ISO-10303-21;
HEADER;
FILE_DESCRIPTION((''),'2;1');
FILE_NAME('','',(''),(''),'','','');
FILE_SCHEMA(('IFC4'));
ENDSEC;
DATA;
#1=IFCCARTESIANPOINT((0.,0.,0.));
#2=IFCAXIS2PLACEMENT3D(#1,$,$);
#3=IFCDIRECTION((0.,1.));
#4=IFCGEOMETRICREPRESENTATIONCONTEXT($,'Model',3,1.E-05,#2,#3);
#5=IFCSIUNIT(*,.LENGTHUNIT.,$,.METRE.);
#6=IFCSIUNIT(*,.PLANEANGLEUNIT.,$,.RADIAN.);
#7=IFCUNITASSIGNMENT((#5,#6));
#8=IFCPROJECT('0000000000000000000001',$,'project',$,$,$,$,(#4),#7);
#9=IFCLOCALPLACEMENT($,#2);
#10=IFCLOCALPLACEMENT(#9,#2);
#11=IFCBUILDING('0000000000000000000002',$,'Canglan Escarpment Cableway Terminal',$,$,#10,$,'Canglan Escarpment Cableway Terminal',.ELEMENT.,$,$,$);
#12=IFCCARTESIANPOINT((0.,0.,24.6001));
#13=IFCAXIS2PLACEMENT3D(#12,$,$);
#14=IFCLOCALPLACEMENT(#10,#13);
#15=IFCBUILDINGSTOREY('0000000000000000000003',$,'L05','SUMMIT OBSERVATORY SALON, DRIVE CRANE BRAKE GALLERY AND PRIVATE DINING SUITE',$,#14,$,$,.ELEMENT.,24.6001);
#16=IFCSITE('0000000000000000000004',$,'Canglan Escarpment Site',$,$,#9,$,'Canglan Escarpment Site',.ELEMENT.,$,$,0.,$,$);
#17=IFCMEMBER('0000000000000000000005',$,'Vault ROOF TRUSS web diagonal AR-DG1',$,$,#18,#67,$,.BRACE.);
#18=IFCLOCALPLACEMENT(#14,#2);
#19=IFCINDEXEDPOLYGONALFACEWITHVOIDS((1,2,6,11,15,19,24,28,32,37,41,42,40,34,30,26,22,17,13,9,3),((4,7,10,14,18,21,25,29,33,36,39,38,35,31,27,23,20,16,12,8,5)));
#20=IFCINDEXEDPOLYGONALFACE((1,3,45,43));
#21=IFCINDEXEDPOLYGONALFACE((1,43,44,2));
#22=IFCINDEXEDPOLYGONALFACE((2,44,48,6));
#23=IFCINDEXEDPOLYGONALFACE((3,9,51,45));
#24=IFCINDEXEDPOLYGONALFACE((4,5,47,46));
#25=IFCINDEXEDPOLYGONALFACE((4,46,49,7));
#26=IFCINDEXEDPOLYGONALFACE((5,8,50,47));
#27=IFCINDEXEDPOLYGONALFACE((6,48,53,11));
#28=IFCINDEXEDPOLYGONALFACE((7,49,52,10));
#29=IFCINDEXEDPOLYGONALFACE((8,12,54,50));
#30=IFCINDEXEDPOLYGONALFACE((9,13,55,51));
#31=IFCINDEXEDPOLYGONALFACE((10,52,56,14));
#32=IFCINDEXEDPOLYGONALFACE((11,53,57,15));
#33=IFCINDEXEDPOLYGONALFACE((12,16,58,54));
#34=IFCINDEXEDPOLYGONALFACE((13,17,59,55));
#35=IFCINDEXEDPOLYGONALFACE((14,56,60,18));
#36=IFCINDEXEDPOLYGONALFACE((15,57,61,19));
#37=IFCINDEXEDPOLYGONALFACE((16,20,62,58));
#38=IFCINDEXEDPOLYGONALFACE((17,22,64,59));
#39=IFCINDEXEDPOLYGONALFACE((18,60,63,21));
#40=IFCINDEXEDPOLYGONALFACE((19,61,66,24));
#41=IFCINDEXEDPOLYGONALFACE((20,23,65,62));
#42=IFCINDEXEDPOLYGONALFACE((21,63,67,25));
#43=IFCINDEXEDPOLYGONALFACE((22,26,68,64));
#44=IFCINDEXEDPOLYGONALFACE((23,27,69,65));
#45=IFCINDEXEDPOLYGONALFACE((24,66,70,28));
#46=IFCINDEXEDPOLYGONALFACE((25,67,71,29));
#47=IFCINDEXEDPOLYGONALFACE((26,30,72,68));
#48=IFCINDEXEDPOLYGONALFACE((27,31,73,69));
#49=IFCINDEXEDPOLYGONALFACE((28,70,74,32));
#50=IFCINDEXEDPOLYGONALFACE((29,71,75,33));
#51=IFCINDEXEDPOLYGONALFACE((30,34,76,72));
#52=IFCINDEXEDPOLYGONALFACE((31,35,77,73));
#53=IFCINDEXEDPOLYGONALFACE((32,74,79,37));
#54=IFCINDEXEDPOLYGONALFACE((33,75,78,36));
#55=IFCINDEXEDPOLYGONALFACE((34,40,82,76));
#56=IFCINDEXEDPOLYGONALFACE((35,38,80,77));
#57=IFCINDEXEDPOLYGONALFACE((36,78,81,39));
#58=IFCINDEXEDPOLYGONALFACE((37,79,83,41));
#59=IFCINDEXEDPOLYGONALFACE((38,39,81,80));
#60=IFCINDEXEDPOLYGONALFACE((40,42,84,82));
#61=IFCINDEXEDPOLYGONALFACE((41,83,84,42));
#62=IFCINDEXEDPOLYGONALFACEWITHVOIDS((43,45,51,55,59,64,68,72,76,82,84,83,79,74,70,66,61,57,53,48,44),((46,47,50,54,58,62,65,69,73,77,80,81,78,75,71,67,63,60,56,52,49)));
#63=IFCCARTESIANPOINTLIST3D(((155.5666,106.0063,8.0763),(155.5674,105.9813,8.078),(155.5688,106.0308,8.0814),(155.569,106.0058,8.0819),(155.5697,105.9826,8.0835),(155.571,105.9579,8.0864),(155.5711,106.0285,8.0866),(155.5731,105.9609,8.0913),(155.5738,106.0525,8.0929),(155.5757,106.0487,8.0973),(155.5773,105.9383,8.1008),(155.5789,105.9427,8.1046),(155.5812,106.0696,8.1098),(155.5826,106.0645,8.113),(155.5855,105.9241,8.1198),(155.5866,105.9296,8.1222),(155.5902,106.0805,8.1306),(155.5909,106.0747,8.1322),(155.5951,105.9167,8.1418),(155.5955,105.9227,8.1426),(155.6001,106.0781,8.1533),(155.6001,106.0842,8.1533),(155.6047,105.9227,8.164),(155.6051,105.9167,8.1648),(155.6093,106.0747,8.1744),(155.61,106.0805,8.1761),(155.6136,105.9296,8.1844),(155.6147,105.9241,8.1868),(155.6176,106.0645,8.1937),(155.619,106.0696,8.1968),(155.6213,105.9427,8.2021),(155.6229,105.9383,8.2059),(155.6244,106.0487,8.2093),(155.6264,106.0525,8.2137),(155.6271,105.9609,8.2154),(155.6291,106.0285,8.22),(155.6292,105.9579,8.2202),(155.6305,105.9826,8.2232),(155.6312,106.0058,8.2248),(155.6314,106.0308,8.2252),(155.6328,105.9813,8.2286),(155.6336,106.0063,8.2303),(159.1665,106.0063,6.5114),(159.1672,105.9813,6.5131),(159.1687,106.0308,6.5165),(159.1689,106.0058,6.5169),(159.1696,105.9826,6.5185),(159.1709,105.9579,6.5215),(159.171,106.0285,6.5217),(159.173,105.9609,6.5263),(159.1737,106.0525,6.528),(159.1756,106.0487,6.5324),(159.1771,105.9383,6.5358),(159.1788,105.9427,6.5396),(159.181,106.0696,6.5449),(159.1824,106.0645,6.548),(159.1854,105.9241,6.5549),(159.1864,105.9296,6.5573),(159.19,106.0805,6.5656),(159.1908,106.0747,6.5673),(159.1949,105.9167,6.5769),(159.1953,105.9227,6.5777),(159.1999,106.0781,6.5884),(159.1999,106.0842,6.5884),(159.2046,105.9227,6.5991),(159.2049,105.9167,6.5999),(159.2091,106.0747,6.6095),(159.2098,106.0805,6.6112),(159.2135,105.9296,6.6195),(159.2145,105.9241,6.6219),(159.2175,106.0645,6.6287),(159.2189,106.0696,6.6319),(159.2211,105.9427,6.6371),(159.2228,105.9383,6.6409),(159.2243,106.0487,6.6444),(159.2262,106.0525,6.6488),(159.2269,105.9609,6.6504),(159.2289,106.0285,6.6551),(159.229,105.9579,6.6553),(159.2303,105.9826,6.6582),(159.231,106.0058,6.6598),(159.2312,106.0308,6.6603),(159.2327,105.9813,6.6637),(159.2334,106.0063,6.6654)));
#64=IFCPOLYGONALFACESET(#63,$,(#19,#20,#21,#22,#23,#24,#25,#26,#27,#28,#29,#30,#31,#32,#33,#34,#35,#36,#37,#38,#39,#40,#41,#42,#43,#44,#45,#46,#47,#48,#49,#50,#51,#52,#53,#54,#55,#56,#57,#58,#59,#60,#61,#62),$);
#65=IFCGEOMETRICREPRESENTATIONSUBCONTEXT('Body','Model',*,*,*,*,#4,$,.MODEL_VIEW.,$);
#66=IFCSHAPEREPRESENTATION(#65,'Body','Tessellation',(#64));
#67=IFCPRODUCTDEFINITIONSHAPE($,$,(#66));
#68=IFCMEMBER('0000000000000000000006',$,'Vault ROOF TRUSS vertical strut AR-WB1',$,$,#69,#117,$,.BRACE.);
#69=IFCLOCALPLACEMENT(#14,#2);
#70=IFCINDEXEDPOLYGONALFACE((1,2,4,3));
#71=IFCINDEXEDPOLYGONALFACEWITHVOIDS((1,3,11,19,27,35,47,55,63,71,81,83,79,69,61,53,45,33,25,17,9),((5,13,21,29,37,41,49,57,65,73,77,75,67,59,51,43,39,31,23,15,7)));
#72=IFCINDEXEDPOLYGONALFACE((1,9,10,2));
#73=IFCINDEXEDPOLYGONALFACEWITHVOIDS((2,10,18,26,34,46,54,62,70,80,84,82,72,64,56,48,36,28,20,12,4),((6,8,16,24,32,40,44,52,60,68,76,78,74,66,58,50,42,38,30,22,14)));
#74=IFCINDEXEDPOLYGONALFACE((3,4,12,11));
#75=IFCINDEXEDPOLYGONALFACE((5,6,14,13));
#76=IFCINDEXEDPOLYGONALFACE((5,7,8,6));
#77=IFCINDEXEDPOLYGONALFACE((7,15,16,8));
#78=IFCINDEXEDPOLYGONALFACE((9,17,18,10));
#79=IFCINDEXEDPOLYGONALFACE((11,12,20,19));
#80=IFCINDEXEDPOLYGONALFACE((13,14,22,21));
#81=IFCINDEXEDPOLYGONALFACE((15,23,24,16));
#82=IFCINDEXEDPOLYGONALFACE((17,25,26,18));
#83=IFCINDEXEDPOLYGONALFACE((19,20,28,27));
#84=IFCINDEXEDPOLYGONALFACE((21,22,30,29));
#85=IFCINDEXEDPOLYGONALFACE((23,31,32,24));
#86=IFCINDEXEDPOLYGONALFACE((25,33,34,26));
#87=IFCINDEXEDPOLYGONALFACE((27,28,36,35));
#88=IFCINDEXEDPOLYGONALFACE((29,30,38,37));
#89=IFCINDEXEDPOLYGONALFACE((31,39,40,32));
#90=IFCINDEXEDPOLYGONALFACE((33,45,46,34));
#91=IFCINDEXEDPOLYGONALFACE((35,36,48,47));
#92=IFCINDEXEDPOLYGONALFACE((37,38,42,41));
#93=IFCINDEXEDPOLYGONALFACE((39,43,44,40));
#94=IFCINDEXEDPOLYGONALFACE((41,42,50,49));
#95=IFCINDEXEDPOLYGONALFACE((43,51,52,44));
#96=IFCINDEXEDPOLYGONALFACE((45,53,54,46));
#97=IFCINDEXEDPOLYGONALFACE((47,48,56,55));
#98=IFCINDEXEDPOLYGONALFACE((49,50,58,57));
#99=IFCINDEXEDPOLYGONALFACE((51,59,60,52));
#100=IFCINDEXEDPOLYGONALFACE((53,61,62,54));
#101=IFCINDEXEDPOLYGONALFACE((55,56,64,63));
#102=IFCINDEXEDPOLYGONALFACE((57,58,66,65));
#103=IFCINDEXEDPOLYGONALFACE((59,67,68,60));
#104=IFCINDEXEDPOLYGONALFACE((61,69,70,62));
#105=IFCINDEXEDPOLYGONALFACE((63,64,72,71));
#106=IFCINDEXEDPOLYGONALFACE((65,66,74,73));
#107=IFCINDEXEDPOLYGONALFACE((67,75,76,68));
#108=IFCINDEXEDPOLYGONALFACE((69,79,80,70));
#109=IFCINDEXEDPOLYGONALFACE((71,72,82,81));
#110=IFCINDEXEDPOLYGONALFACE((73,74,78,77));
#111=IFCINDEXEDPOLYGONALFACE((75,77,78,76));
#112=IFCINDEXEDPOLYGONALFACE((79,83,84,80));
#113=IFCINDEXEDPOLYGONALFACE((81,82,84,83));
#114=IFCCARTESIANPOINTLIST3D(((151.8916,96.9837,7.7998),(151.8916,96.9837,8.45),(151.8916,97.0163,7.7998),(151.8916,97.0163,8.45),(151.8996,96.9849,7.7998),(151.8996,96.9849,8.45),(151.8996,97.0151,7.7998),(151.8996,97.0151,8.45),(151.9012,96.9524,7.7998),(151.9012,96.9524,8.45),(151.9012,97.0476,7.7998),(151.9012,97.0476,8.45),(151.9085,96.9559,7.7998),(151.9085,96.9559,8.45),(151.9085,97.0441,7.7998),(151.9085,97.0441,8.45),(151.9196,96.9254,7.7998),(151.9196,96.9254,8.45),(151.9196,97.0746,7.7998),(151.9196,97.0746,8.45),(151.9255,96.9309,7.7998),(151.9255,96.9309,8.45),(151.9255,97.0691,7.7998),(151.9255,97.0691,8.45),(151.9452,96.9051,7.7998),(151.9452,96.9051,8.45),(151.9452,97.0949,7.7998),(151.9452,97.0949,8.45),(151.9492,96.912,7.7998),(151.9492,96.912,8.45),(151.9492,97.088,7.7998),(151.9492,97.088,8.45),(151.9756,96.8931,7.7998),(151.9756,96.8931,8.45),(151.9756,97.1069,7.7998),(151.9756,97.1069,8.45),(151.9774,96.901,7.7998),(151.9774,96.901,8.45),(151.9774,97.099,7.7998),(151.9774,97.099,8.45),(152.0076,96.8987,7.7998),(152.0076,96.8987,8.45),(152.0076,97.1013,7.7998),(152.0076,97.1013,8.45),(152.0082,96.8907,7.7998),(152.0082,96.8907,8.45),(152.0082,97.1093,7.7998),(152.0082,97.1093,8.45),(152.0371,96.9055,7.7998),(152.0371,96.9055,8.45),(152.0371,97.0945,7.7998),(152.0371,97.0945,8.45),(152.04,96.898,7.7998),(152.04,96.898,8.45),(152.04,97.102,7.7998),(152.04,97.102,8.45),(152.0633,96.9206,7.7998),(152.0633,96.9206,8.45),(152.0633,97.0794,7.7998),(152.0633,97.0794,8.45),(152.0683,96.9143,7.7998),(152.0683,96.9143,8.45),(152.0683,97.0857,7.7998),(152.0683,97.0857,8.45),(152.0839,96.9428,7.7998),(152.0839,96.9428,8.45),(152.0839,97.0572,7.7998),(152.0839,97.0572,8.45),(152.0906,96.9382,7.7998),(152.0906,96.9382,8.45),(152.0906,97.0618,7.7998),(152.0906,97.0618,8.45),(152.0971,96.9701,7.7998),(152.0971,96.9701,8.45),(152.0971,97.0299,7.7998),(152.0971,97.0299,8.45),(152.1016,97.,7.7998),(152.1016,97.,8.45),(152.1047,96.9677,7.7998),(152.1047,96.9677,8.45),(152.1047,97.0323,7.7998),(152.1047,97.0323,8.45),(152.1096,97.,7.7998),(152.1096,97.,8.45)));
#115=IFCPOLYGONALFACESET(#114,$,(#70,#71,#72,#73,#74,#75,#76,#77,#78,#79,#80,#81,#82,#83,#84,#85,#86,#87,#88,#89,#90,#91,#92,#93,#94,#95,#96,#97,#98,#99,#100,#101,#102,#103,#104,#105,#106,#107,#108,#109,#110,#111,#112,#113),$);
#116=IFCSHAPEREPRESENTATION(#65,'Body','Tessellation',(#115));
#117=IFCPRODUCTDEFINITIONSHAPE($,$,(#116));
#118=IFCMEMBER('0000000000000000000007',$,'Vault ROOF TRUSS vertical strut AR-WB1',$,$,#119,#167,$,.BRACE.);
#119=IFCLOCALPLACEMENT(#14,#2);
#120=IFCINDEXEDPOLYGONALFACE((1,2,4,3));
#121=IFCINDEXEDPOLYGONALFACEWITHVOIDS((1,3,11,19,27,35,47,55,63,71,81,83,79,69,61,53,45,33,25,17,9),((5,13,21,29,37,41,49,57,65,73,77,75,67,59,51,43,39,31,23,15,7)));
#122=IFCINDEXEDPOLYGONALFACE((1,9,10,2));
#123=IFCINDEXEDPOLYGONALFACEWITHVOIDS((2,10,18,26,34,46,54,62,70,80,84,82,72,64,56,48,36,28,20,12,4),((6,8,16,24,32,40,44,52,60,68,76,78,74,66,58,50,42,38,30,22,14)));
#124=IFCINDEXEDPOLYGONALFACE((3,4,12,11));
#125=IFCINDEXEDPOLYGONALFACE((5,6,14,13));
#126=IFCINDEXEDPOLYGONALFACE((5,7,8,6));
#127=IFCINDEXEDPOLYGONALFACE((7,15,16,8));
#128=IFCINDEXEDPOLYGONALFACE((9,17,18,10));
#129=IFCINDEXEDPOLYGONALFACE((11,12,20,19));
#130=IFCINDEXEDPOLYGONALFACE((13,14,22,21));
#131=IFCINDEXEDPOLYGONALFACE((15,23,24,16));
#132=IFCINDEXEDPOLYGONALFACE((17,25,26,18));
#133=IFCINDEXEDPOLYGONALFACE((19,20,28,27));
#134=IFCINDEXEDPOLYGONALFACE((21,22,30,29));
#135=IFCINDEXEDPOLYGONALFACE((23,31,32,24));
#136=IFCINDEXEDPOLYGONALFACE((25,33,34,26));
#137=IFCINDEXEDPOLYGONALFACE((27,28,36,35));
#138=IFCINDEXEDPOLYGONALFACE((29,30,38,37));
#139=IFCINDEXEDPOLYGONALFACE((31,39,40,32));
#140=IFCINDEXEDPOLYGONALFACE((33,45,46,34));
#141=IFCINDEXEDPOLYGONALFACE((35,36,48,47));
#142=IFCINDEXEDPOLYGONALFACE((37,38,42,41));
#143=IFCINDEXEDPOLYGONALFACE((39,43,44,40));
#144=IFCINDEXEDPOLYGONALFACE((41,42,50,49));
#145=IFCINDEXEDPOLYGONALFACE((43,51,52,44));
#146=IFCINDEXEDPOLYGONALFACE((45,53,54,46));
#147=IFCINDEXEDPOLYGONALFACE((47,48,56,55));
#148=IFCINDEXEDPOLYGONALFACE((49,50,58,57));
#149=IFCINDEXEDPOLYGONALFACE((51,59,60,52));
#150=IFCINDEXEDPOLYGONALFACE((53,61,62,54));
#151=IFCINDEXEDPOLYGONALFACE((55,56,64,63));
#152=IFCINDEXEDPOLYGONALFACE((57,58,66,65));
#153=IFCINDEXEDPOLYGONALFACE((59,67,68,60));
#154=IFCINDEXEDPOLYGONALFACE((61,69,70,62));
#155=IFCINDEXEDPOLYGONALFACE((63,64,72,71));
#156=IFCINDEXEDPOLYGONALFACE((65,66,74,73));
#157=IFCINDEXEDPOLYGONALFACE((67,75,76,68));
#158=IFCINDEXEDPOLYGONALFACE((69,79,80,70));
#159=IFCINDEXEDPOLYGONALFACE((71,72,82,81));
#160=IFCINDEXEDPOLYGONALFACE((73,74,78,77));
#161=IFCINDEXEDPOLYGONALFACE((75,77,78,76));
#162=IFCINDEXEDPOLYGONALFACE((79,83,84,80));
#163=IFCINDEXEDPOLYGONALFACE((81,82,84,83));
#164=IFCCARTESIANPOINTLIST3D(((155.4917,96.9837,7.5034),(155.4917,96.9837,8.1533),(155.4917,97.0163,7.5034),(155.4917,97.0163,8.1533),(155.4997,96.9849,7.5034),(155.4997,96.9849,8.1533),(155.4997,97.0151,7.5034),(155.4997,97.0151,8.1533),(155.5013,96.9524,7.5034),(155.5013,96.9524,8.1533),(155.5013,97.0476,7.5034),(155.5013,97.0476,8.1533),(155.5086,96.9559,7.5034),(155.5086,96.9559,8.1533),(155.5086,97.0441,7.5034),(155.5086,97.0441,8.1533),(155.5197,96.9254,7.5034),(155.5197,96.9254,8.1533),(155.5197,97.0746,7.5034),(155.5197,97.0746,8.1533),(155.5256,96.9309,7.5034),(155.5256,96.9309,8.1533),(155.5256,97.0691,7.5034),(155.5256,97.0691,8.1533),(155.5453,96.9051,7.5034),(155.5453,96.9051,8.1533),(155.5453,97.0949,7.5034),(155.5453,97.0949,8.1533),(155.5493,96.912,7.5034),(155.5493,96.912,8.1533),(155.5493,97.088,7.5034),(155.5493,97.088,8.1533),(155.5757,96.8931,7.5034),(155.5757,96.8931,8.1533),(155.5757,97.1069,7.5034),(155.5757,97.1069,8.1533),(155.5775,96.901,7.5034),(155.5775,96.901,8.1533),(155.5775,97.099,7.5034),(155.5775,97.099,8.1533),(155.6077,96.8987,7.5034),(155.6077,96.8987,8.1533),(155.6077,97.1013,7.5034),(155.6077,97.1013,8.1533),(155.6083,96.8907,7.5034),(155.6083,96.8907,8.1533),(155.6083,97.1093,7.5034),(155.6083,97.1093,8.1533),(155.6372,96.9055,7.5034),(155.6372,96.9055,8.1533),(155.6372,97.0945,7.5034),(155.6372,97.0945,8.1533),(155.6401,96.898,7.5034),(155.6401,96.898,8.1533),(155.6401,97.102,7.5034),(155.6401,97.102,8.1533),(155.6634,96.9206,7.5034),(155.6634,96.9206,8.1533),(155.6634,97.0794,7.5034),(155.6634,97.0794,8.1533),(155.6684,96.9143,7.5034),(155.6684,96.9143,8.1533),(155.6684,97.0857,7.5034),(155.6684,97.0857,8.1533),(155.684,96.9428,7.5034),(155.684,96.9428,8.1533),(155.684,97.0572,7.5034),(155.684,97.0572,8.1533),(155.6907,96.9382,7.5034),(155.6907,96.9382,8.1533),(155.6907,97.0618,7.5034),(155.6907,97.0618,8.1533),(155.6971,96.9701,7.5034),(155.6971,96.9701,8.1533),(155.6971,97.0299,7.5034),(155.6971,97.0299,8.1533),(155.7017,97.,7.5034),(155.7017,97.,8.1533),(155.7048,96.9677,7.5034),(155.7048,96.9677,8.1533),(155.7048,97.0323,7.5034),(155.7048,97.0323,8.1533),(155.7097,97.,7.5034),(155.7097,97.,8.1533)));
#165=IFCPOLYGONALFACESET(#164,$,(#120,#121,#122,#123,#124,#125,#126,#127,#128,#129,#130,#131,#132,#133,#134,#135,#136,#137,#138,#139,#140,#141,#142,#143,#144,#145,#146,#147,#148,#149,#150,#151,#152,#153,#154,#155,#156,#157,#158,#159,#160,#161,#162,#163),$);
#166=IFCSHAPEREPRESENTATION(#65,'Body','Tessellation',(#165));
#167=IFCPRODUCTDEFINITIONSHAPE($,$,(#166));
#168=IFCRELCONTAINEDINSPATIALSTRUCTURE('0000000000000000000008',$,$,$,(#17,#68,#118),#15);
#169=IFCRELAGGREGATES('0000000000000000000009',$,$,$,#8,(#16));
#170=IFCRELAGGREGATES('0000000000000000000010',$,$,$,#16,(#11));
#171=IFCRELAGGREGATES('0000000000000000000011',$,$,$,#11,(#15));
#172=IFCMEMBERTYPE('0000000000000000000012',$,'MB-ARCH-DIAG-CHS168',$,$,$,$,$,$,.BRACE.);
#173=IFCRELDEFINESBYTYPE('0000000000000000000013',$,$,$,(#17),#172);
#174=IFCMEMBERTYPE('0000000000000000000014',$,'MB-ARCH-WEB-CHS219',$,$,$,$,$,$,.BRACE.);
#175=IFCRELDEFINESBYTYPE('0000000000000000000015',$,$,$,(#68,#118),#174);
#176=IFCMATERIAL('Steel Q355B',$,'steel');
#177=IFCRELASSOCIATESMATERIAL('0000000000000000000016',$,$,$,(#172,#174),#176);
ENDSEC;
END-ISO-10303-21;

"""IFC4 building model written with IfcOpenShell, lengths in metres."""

from ifc_helpers import new_model, si_unit, direction, frame, origin, origin_2d, place, context, subcontext, project, spatial, hollow_circle, extrude, material, material_profile, profile_set, type_object, element, save


model = new_model("IFC4")

# Units and contexts
model_context = context("Model", 3, precision=1e-05, world=origin(), true_north=direction((0.0, 1.0)))
body_context = subcontext(model_context, "Body", "Model", "MODEL_VIEW")
ifc_project = project(units=[si_unit("LENGTHUNIT", "METRE"), si_unit("PLANEANGLEUNIT", "RADIAN")], contexts=[model_context])

# Site, building, storey
site_placement = place(None, origin())
site = spatial("IfcSite", under=ifc_project, at=site_placement, Name="Canglan Escarpment Site", LongName="Canglan Escarpment Site", CompositionType="ELEMENT", RefElevation=0.0)
building_placement = place(site_placement, origin())
building = spatial("IfcBuilding", under=site, at=building_placement, Name="Canglan Escarpment Cableway Terminal", LongName="Canglan Escarpment Cableway Terminal", CompositionType="ELEMENT")
storey_placement = place(building_placement, frame((0.0, 0.0, 24.6001)))
storey = spatial("IfcBuildingStorey", under=building, at=storey_placement, Name="L05", Description="SUMMIT OBSERVATORY SALON, DRIVE CRANE BRAKE GALLERY AND PRIVATE DINING SUITE", CompositionType="ELEMENT", Elevation=24.6001)

# Shared definitions
ifc_material = material(Name="Steel Q355B", Category="steel")

# Members
ifc_material_profile_1 = material_profile(ifc_material, hollow_circle(Radius=0.0842, WallThickness=0.0061, at=origin_2d()), Name="CHS 168.3x6")
ifc_profile_set_1 = profile_set([ifc_material_profile_1], Name="Steel Q355B")
member_type_1 = type_object("IfcMemberType", Name="MB-ARCH-DIAG-CHS168", PredefinedType="BRACE", material=ifc_profile_set_1)
member_1_placement = place(storey_placement, frame((155.6001, 106.0, 8.1533), z_axis=(0.91709, 0.0, -0.398681), x_axis=(0.0, 1.0, 0.0)))
element("IfcMember", 1, at=member_1_placement, inside=storey, type_object=member_type_1, Name="Vault ROOF TRUSS web diagonal AR-DG1", PredefinedType="BRACE", context=body_context, shape_type="SweptSolid", body=[
    extrude(hollow_circle(Radius=0.0842, WallThickness=0.0061, at=origin_2d()), origin(), (0.0, 0.0, 1.0), 3.9253),
])
ifc_material_profile_2 = material_profile(ifc_material, hollow_circle(Radius=0.1096, WallThickness=0.0081, at=origin_2d()), Name="CHS 219.1x8")
ifc_profile_set_2 = profile_set([ifc_material_profile_2], Name="Steel Q355B")
member_type_2 = type_object("IfcMemberType", Name="MB-ARCH-WEB-CHS219", PredefinedType="BRACE", material=ifc_profile_set_2)
member_2_placement = place(storey_placement, frame((152.0, 97.0, 7.7998), z_axis=(0.0, 0.0, 1.0), x_axis=(1.0, 0.0, 0.0)))
element("IfcMember", 2, at=member_2_placement, inside=storey, type_object=member_type_2, Name="Vault ROOF TRUSS vertical strut AR-WB1", PredefinedType="BRACE", context=body_context, shape_type="SweptSolid", body=[
    extrude(hollow_circle(Radius=0.1096, WallThickness=0.0081, at=origin_2d()), origin(), (0.0, 0.0, 1.0), 0.6501),
])
member_3_placement = place(storey_placement, frame((155.6001, 97.0, 7.5034), z_axis=(0.0, 0.0, 1.0), x_axis=(1.0, 0.0, 0.0)))
element("IfcMember", 3, at=member_3_placement, inside=storey, type_object=member_type_2, Name="Vault ROOF TRUSS vertical strut AR-WB1", PredefinedType="BRACE", context=body_context, shape_type="SweptSolid", body=[
    extrude(hollow_circle(Radius=0.1096, WallThickness=0.0081, at=origin_2d()), origin(), (0.0, 0.0, 1.0), 0.6499),
])

save(model, "model.ifc")
